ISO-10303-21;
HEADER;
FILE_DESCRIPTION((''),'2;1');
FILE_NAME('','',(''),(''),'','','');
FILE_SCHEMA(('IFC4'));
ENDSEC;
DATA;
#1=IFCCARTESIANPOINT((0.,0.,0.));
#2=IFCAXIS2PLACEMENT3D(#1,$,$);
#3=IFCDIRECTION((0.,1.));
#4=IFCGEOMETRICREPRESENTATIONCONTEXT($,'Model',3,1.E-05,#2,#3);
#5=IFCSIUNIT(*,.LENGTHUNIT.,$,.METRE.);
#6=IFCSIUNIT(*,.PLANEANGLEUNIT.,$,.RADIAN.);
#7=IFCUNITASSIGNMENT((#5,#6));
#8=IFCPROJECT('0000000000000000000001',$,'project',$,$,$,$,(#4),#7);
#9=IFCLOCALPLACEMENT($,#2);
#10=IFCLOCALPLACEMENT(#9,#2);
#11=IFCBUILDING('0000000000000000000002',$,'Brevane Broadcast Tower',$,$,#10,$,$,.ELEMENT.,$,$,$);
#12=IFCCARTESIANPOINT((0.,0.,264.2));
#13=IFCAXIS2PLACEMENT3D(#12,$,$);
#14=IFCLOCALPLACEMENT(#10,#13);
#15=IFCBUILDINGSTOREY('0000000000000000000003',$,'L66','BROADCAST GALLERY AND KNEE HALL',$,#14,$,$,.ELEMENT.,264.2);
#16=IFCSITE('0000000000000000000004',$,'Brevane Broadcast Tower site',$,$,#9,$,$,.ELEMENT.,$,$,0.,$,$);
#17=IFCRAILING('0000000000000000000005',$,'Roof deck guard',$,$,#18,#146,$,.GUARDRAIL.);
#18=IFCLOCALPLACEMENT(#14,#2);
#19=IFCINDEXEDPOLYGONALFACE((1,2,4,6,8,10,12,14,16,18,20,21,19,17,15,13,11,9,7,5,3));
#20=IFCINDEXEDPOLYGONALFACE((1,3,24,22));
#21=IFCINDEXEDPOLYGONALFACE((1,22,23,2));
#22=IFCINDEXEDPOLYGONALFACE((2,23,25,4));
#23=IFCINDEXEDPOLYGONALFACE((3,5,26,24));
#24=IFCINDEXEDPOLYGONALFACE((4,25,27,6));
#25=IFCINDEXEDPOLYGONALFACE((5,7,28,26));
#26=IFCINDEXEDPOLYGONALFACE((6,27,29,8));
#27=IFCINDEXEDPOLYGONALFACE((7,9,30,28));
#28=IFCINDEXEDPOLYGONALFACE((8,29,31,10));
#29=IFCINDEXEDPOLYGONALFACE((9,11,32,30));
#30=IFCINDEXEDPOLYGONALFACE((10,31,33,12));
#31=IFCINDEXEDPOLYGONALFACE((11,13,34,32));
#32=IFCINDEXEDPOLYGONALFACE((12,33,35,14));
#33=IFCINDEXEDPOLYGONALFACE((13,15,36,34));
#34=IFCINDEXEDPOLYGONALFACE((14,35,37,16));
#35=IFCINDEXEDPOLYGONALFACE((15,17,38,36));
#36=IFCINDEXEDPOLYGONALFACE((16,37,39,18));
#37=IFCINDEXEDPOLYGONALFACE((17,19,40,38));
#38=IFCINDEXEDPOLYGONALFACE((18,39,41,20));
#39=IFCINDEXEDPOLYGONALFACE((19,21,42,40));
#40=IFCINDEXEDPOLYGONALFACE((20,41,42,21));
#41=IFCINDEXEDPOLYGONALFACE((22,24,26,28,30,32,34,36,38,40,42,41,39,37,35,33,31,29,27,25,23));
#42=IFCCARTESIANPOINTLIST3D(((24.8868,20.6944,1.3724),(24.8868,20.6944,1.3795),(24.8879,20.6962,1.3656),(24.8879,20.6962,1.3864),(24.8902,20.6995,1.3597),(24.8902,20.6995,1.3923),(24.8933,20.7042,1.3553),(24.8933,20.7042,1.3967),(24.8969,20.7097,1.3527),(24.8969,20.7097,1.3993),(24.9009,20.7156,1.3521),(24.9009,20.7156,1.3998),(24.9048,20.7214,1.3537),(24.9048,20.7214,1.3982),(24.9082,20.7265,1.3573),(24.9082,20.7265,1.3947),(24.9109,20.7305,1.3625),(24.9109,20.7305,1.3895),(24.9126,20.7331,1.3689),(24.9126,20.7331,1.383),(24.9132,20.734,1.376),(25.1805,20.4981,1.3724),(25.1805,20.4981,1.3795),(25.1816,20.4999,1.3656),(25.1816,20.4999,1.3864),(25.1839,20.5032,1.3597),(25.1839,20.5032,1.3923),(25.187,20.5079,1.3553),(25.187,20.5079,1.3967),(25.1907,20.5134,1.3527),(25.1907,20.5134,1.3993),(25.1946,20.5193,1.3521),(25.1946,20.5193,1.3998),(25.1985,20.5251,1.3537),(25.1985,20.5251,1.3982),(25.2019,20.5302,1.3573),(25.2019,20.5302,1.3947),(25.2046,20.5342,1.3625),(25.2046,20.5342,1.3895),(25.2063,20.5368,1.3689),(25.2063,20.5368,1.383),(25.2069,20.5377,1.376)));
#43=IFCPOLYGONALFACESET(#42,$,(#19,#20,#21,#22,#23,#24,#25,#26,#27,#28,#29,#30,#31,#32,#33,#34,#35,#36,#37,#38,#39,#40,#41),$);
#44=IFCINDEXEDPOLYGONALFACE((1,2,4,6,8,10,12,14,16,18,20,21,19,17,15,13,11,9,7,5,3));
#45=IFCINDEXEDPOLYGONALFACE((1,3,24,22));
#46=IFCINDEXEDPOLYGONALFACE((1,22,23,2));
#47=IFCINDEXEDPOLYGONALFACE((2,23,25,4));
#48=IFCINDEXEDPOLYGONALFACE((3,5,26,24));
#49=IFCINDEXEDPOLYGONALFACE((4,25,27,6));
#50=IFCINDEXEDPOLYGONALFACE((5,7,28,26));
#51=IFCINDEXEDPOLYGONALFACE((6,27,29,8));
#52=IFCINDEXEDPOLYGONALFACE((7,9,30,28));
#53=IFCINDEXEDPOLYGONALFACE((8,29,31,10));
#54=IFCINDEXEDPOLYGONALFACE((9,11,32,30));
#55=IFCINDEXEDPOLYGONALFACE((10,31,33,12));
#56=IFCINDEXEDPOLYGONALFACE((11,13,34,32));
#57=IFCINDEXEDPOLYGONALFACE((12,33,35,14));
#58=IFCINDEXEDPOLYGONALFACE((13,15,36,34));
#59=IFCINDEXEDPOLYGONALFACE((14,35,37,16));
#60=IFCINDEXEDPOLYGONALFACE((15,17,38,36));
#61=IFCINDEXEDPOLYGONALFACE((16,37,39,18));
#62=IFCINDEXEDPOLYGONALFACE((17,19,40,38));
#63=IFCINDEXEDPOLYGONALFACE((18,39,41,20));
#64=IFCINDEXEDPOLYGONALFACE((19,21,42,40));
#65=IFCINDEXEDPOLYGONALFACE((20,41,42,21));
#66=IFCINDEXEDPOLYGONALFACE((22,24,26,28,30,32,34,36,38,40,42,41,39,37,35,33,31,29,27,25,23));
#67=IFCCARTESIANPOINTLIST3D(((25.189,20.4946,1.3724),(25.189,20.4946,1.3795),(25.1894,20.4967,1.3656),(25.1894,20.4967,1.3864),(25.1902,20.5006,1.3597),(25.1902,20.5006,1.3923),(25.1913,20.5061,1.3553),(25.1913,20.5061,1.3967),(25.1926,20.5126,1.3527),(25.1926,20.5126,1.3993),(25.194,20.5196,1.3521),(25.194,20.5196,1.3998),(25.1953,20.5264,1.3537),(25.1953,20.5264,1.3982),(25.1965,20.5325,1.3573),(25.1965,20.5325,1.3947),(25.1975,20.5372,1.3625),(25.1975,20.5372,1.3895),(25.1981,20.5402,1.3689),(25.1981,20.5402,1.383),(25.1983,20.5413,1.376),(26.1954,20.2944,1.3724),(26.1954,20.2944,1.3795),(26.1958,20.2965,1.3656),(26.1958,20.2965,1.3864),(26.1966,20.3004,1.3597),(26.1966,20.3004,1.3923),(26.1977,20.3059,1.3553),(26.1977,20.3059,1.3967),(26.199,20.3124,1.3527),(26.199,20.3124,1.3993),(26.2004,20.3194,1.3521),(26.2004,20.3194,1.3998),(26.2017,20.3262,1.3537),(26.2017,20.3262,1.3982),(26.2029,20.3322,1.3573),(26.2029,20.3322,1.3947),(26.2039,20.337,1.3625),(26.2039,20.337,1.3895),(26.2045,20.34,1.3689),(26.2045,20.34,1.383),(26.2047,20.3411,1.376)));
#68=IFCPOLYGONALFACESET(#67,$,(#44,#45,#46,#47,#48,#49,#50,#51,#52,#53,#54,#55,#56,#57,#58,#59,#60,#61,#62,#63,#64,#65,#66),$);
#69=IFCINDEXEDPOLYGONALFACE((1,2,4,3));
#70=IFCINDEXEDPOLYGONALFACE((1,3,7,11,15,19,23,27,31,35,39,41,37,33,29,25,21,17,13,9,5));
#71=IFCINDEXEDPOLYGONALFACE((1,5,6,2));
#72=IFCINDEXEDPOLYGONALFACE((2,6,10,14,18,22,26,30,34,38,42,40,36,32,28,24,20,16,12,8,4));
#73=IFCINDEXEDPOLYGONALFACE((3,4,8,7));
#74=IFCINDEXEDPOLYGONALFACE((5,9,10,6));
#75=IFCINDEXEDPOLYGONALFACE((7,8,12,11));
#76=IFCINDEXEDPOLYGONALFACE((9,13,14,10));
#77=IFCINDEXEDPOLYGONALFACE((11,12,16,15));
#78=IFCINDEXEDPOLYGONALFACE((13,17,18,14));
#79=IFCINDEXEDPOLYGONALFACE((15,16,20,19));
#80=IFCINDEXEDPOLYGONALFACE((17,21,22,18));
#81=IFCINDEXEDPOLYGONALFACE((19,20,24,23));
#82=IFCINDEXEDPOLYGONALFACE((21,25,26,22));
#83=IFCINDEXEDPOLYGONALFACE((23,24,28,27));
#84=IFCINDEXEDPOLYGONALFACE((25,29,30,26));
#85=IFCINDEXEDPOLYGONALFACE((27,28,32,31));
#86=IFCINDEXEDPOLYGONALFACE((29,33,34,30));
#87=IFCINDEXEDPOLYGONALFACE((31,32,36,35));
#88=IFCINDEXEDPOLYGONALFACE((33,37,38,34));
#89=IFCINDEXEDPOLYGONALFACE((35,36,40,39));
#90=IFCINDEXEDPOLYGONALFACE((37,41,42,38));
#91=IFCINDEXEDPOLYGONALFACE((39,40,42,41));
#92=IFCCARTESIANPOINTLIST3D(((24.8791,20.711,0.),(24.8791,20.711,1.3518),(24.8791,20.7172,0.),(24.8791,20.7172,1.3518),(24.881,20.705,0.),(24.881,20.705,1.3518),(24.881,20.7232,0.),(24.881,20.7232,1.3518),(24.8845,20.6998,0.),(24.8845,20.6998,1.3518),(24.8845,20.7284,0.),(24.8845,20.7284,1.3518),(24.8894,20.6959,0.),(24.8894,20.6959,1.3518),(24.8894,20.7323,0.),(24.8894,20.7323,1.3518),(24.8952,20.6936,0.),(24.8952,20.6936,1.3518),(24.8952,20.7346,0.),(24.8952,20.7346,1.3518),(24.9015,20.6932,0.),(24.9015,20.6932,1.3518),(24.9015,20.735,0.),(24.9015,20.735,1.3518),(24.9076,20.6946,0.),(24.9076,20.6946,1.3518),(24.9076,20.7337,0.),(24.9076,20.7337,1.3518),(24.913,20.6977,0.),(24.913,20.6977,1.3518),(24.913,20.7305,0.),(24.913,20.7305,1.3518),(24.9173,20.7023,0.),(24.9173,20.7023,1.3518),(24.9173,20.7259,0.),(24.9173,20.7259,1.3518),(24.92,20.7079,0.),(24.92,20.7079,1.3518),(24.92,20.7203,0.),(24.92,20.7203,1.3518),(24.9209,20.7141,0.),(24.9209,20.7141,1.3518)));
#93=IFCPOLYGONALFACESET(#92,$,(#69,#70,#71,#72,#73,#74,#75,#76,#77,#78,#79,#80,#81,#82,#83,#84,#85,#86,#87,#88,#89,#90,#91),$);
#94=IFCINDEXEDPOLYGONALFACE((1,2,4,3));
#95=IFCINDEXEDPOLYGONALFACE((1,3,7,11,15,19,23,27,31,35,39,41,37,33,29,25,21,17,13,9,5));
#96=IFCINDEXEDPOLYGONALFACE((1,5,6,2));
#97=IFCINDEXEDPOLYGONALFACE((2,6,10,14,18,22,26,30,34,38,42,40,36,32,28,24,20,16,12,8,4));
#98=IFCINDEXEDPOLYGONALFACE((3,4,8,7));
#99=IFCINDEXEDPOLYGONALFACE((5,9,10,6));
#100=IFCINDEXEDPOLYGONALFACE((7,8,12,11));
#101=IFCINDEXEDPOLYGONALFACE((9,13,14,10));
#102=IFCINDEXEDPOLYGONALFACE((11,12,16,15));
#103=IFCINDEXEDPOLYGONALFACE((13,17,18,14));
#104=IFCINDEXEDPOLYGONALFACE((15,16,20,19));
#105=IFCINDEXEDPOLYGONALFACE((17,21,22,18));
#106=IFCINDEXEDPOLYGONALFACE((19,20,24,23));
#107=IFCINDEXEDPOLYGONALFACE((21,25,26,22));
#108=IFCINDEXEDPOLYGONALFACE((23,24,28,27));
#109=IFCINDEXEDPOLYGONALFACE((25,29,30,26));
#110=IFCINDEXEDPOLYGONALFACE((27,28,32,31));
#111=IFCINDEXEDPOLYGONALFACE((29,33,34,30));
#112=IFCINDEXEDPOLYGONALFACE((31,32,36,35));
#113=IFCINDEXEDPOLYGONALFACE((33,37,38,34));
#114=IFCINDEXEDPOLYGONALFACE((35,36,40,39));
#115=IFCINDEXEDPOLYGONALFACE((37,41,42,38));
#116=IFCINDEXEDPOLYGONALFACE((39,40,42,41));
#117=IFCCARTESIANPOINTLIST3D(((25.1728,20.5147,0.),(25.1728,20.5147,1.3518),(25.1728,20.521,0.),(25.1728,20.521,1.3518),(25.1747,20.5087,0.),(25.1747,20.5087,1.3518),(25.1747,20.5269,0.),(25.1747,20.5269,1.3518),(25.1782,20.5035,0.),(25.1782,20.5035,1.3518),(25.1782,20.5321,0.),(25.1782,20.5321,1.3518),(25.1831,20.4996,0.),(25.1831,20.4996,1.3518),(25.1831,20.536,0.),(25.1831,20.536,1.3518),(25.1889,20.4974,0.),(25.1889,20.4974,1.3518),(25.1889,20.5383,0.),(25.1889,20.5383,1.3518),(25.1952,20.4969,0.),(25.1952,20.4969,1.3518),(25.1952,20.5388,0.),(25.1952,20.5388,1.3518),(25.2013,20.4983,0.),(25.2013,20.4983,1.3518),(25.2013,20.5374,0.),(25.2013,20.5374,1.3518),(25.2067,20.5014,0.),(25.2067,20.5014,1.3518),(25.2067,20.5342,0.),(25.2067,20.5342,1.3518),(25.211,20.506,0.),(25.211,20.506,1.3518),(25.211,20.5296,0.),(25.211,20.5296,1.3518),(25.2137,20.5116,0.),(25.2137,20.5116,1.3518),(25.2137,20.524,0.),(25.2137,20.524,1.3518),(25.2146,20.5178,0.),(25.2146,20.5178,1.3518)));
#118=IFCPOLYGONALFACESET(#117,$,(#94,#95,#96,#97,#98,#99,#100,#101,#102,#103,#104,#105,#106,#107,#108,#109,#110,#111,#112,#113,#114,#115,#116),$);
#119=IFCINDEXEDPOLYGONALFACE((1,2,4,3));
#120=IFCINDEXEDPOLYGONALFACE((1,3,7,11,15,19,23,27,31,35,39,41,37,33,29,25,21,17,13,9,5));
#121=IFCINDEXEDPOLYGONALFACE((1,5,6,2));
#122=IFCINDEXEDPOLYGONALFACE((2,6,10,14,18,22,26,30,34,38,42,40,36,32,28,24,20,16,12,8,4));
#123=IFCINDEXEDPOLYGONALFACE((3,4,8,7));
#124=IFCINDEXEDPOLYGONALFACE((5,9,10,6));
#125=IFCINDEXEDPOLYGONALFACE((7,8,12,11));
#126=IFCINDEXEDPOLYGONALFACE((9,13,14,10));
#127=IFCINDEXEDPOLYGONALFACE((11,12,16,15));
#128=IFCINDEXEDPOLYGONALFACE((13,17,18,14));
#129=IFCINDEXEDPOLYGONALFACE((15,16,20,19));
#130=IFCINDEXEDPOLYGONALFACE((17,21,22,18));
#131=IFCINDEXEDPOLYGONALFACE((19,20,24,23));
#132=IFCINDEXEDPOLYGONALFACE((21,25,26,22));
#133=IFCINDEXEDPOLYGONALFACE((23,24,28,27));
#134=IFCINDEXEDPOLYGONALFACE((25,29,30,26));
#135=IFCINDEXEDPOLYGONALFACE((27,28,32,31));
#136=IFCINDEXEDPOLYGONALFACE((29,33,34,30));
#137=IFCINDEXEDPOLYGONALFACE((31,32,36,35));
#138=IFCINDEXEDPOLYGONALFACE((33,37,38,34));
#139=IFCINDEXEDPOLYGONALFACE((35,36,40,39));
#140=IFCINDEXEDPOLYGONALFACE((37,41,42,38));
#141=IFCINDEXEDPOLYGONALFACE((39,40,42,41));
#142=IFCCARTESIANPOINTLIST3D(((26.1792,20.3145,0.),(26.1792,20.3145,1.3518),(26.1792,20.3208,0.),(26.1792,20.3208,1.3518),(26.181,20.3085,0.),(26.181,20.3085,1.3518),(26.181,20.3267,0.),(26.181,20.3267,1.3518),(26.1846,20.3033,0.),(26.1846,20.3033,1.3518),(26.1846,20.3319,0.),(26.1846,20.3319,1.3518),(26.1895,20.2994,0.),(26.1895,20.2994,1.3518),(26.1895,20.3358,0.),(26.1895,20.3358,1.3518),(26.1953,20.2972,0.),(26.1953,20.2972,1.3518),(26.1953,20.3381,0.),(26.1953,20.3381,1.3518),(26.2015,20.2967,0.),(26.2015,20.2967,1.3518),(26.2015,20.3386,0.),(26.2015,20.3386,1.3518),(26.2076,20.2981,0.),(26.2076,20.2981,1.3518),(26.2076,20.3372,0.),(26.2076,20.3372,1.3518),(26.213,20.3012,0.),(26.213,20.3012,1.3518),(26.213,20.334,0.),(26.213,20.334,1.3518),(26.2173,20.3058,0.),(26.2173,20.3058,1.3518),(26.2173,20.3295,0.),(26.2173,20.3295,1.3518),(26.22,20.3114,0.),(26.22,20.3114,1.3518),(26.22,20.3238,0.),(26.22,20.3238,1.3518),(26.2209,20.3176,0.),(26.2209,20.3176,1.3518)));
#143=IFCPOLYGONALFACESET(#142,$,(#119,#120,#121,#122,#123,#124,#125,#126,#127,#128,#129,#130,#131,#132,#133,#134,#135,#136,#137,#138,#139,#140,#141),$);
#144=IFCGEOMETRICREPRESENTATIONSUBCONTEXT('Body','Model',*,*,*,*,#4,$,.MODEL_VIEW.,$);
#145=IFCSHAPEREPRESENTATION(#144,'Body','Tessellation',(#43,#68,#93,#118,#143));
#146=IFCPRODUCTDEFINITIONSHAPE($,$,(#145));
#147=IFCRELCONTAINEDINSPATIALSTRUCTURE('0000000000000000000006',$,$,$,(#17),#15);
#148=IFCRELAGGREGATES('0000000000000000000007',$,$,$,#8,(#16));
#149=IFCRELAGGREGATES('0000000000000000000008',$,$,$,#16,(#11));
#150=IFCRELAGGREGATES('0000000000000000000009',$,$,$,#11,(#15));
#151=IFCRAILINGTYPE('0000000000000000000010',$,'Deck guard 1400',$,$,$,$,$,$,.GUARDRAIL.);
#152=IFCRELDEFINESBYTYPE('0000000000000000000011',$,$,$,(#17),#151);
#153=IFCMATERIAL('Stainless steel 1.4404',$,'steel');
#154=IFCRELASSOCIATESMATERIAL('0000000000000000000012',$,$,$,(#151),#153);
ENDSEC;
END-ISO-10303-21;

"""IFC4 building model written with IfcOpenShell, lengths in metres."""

from ifc_helpers import new_model, si_unit, direction, frame, origin, origin_2d, place, context, subcontext, project, spatial, circle, extrude, material, type_object, element, save


model = new_model("IFC4")

# Units and contexts
model_context = context("Model", 3, precision=1e-05, world=origin(), true_north=direction((0.0, 1.0)))
body_context = subcontext(model_context, "Body", "Model", "MODEL_VIEW")
ifc_project = project(units=[si_unit("LENGTHUNIT", "METRE"), si_unit("PLANEANGLEUNIT", "RADIAN")], contexts=[model_context])

# Site, building, storey
site_placement = place(None, origin())
site = spatial("IfcSite", under=ifc_project, at=site_placement, Name="Brevane Broadcast Tower site", CompositionType="ELEMENT", RefElevation=0.0)
building_placement = place(site_placement, origin())
building = spatial("IfcBuilding", under=site, at=building_placement, Name="Brevane Broadcast Tower", CompositionType="ELEMENT")
storey_placement = place(building_placement, frame((0.0, 0.0, 264.2)))
storey = spatial("IfcBuildingStorey", under=building, at=storey_placement, Name="L66", Description="BROADCAST GALLERY AND KNEE HALL", CompositionType="ELEMENT", Elevation=264.2)

# Railing
ifc_material_1 = material(Name="Stainless steel 1.4404", Category="steel")
railing_type_1 = type_object("IfcRailingType", Name="Deck guard 1400", PredefinedType="GUARDRAIL", material=ifc_material_1)
railing_1_placement = place(storey_placement, frame((24.8999, 20.7141, 0.0)))
element("IfcRailing", 1, at=railing_1_placement, inside=storey, type_object=railing_type_1, Name="Roof deck guard", PredefinedType="GUARDRAIL", context=body_context, shape_type="SweptSolid", body=[
    extrude(circle(Radius=0.0239, at=origin_2d()), frame((0.0, 0.0, 1.376), z_axis=(0.831412, -0.555657, 0.0), x_axis=(0.555657, 0.831412, 0.0)), (0.0, 0.0, 1.0), 0.3533),
    extrude(circle(Radius=0.0239, at=origin_2d()), frame((0.2937, -0.1963, 1.376), z_axis=(0.980781, -0.195109, 0.0), x_axis=(0.195109, 0.980781, 0.0)), (0.0, 0.0, 1.0), 1.0261),
    extrude(circle(Radius=0.021, at=origin_2d()), origin(), (0.0, 0.0, 1.0), 1.3518),
    extrude(circle(Radius=0.021, at=origin_2d()), frame((0.2937, -0.1963, 0.0)), (0.0, 0.0, 1.0), 1.3518),
    extrude(circle(Radius=0.021, at=origin_2d()), frame((1.3, -0.3965, 0.0)), (0.0, 0.0, 1.0), 1.3518),
])

save(model, "model.ifc")
